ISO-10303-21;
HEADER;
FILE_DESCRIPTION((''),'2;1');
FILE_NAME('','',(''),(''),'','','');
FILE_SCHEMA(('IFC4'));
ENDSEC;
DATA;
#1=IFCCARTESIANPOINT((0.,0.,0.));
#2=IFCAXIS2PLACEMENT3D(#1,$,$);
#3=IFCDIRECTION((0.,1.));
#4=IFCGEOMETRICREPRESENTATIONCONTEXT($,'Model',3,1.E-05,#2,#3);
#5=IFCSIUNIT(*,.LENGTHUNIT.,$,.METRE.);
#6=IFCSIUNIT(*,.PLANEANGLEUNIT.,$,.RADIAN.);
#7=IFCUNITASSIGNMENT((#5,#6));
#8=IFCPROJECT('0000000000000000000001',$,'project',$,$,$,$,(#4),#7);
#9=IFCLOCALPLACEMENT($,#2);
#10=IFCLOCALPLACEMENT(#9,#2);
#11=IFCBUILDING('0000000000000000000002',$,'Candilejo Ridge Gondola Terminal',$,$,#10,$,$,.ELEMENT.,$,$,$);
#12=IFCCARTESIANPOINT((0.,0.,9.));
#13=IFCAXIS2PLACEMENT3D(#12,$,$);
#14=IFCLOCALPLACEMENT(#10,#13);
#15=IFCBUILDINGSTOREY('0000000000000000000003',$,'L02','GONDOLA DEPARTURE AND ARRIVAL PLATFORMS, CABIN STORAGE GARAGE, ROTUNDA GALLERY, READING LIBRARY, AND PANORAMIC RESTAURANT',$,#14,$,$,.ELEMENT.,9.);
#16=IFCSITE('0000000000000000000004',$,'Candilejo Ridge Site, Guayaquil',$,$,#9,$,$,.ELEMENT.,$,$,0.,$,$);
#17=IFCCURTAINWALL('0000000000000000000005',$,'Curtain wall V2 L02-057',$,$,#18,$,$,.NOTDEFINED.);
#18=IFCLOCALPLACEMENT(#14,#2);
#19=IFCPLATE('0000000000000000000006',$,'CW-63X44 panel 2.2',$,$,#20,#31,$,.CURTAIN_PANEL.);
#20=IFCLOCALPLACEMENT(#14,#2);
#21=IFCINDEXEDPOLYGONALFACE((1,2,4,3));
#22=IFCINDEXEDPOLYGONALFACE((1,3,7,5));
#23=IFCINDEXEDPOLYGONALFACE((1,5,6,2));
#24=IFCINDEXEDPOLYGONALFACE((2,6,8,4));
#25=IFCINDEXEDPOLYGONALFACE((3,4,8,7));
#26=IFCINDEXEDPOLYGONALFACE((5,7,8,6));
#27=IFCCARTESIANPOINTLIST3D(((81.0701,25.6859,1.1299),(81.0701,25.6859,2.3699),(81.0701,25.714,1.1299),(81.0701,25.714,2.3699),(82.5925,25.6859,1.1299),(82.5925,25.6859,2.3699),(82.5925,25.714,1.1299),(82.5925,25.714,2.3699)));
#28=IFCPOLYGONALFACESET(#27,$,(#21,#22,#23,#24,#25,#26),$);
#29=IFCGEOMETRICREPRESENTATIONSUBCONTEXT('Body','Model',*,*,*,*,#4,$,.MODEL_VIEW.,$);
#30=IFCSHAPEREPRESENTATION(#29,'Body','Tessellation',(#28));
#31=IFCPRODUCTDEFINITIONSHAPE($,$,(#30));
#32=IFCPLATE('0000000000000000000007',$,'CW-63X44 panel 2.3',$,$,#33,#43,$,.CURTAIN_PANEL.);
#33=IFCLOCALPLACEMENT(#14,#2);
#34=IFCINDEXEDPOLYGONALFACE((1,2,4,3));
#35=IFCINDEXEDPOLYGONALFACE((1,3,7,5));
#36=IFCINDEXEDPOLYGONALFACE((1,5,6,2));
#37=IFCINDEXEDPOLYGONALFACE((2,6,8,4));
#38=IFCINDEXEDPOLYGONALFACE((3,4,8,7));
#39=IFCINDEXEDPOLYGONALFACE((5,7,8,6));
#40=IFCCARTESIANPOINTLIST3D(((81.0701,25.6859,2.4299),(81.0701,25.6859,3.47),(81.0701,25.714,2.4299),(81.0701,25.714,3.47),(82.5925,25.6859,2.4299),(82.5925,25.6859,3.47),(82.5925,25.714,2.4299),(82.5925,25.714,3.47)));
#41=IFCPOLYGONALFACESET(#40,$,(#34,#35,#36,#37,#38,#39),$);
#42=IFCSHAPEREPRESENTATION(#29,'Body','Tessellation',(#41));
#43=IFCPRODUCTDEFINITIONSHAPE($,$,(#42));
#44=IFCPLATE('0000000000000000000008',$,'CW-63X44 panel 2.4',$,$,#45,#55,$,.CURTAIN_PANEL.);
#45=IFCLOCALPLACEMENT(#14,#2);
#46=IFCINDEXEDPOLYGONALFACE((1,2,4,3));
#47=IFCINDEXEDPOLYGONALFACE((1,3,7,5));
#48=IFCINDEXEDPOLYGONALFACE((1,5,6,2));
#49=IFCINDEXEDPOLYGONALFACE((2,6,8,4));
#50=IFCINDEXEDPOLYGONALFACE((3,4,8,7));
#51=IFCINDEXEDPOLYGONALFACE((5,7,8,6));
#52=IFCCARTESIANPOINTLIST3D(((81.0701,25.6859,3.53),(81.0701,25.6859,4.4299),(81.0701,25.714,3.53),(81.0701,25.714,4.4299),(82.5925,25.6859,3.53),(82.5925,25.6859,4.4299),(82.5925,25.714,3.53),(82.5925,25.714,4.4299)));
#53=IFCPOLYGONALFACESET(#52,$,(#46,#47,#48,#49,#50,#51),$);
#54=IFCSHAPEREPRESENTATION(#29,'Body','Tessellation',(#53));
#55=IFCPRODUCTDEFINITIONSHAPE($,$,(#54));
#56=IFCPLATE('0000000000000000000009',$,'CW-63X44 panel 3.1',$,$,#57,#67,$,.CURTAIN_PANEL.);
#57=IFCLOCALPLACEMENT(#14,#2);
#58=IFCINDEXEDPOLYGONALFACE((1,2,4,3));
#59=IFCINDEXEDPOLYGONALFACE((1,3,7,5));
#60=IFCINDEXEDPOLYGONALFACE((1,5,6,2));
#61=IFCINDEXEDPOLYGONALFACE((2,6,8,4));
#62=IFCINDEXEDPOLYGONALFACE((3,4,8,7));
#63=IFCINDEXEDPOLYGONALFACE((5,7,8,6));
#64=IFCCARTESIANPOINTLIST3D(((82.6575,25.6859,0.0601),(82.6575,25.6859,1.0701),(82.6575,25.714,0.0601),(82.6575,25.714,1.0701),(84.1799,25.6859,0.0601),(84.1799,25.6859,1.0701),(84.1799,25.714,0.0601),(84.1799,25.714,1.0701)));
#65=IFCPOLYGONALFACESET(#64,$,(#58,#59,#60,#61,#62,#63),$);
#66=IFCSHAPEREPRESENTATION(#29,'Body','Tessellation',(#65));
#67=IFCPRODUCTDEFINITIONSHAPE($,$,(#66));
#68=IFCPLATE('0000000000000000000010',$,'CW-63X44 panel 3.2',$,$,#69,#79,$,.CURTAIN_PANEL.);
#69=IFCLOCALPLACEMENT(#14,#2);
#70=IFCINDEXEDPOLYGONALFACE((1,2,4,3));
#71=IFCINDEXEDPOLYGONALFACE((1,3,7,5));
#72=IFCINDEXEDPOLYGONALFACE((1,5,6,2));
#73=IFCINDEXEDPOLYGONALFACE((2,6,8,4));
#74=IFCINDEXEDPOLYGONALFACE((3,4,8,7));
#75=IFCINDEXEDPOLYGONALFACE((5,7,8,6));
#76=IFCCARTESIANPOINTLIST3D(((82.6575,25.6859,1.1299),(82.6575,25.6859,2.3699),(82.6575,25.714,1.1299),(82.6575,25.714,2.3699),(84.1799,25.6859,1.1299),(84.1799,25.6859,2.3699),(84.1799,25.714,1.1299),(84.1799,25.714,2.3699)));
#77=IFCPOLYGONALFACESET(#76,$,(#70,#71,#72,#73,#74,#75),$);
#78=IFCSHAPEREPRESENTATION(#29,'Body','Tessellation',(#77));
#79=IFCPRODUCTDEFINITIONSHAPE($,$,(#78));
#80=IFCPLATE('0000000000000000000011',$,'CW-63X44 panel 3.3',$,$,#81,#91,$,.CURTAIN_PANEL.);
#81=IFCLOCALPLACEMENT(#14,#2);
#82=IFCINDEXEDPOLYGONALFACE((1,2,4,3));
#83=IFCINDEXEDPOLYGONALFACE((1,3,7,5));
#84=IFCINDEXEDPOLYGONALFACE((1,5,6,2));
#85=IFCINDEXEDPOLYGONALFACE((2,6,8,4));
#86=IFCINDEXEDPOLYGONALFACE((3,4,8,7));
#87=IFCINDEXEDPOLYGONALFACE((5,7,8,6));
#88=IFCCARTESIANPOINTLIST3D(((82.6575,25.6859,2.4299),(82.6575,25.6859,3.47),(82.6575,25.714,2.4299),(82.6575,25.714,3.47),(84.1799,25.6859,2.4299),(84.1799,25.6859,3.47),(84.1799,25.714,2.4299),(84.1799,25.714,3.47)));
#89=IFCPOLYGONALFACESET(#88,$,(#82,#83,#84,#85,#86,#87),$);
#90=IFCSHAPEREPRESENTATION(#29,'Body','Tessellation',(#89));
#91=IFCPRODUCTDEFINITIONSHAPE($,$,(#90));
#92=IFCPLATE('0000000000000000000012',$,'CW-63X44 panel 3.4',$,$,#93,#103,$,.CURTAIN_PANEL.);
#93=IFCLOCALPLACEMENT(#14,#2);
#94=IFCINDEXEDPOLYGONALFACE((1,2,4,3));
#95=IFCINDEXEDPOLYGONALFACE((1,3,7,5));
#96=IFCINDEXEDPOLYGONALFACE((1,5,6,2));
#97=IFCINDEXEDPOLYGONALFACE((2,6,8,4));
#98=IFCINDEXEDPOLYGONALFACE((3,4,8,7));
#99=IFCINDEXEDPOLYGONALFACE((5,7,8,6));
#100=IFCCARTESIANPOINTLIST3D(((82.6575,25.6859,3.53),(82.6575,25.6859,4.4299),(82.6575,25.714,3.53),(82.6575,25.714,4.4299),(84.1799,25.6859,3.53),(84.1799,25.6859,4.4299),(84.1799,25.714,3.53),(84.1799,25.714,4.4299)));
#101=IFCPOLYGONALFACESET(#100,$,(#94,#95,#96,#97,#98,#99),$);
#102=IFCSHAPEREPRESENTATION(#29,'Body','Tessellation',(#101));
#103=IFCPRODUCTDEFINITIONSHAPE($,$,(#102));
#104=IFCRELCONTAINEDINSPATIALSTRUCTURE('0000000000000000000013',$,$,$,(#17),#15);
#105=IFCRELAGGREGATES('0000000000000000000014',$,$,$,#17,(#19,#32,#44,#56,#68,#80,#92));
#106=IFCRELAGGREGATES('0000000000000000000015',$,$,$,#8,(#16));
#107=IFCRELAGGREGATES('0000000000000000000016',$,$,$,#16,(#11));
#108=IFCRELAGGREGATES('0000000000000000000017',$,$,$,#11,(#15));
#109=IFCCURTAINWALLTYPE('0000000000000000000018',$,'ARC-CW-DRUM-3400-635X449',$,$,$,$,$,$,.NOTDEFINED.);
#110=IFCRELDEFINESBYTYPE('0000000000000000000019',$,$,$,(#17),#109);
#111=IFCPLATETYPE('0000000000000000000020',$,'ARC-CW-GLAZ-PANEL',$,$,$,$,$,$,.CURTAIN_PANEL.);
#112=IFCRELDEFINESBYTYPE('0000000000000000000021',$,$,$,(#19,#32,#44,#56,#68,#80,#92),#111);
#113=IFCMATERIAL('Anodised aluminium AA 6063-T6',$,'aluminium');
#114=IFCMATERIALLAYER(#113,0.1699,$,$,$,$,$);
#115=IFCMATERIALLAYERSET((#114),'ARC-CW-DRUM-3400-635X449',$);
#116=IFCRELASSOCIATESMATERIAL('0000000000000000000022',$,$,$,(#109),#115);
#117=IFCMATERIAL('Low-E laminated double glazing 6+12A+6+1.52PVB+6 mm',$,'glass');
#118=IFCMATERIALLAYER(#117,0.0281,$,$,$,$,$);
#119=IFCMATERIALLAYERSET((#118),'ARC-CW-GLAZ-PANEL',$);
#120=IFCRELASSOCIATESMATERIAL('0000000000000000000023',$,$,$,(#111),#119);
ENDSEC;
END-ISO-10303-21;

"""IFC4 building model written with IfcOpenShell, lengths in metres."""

from ifc_helpers import new_model, si_unit, direction, frame, origin, origin_2d, place, context, subcontext, project, spatial, rectangle, extrude, material, layer, layer_set, type_object, element, aggregate, save


model = new_model("IFC4")

# Units and contexts
model_context = context("Model", 3, precision=1e-05, world=origin(), true_north=direction((0.0, 1.0)))
body_context = subcontext(model_context, "Body", "Model", "MODEL_VIEW")
ifc_project = project(units=[si_unit("LENGTHUNIT", "METRE"), si_unit("PLANEANGLEUNIT", "RADIAN")], contexts=[model_context])

# Site, building, storey
site_placement = place(None, origin())
site = spatial("IfcSite", under=ifc_project, at=site_placement, Name="Candilejo Ridge Site, Guayaquil", CompositionType="ELEMENT", RefElevation=0.0)
building_placement = place(site_placement, origin())
building = spatial("IfcBuilding", under=site, at=building_placement, Name="Candilejo Ridge Gondola Terminal", CompositionType="ELEMENT")
storey_placement = place(building_placement, frame((0.0, 0.0, 9.0)))
storey = spatial("IfcBuildingStorey", under=building, at=storey_placement, Name="L02", Description="GONDOLA DEPARTURE AND ARRIVAL PLATFORMS, CABIN STORAGE GARAGE, ROTUNDA GALLERY, READING LIBRARY, AND PANORAMIC RESTAURANT", CompositionType="ELEMENT", Elevation=9.0)

# Curtain wall
ifc_material_1 = material(Name="Anodised aluminium AA 6063-T6", Category="aluminium")
ifc_layer_1 = layer(ifc_material_1, 0.1699)
ifc_layer_set_1 = layer_set([ifc_layer_1], Name="ARC-CW-DRUM-3400-635X449")
curtain_wall_type = type_object("IfcCurtainWallType", Name="ARC-CW-DRUM-3400-635X449", PredefinedType="NOTDEFINED", material=ifc_layer_set_1)
curtain_wall_placement = place(storey_placement, origin())
curtain_wall = element("IfcCurtainWall", 1, at=curtain_wall_placement, inside=storey, type_object=curtain_wall_type, Name="Curtain wall V2 L02-057", PredefinedType="NOTDEFINED")

# Plates
ifc_material_2 = material(Name="Low-E laminated double glazing 6+12A+6+1.52PVB+6 mm", Category="glass")
ifc_layer_2 = layer(ifc_material_2, 0.0281)
ifc_layer_set_2 = layer_set([ifc_layer_2], Name="ARC-CW-GLAZ-PANEL")
plate_type = type_object("IfcPlateType", Name="ARC-CW-GLAZ-PANEL", PredefinedType="CURTAIN_PANEL", material=ifc_layer_set_2)
plate_1_placement = place(storey_placement, frame((81.8313, 25.7, 1.1299), z_axis=(0.0, 0.0, 1.0), x_axis=(1.0, 0.0, 0.0)))
plate_1 = element("IfcPlate", 2, at=plate_1_placement, type_object=plate_type, Name="CW-63X44 panel 2.2", PredefinedType="CURTAIN_PANEL", context=body_context, shape_type="SweptSolid", body=[
    extrude(rectangle(XDim=1.5225, YDim=0.0281, at=origin_2d()), origin(), (0.0, 0.0, 1.0), 1.24),
])
plate_2_placement = place(storey_placement, frame((81.8313, 25.7, 2.4299), z_axis=(0.0, 0.0, 1.0), x_axis=(1.0, 0.0, 0.0)))
plate_2 = element("IfcPlate", 3, at=plate_2_placement, type_object=plate_type, Name="CW-63X44 panel 2.3", PredefinedType="CURTAIN_PANEL", context=body_context, shape_type="SweptSolid", body=[
    extrude(rectangle(XDim=1.5225, YDim=0.0281, at=origin_2d()), origin(), (0.0, 0.0, 1.0), 1.04),
])
plate_3_placement = place(storey_placement, frame((81.8313, 25.7, 3.53), z_axis=(0.0, 0.0, 1.0), x_axis=(1.0, 0.0, 0.0)))
plate_3 = element("IfcPlate", 4, at=plate_3_placement, type_object=plate_type, Name="CW-63X44 panel 2.4", PredefinedType="CURTAIN_PANEL", context=body_context, shape_type="SweptSolid", body=[
    extrude(rectangle(XDim=1.5225, YDim=0.0281, at=origin_2d()), origin(), (0.0, 0.0, 1.0), 0.8999),
])
plate_4_placement = place(storey_placement, frame((83.4187, 25.7, 0.0601), z_axis=(0.0, 0.0, 1.0), x_axis=(1.0, 0.0, 0.0)))
plate_4 = element("IfcPlate", 5, at=plate_4_placement, type_object=plate_type, Name="CW-63X44 panel 3.1", PredefinedType="CURTAIN_PANEL", context=body_context, shape_type="SweptSolid", body=[
    extrude(rectangle(XDim=1.5225, YDim=0.0281, at=origin_2d()), origin(), (0.0, 0.0, 1.0), 1.01),
])
plate_5_placement = place(storey_placement, frame((83.4187, 25.7, 1.1299), z_axis=(0.0, 0.0, 1.0), x_axis=(1.0, 0.0, 0.0)))
plate_5 = element("IfcPlate", 6, at=plate_5_placement, type_object=plate_type, Name="CW-63X44 panel 3.2", PredefinedType="CURTAIN_PANEL", context=body_context, shape_type="SweptSolid", body=[
    extrude(rectangle(XDim=1.5225, YDim=0.0281, at=origin_2d()), origin(), (0.0, 0.0, 1.0), 1.24),
])
plate_6_placement = place(storey_placement, frame((83.4187, 25.7, 2.4299), z_axis=(0.0, 0.0, 1.0), x_axis=(1.0, 0.0, 0.0)))
plate_6 = element("IfcPlate", 7, at=plate_6_placement, type_object=plate_type, Name="CW-63X44 panel 3.3", PredefinedType="CURTAIN_PANEL", context=body_context, shape_type="SweptSolid", body=[
    extrude(rectangle(XDim=1.5225, YDim=0.0281, at=origin_2d()), origin(), (0.0, 0.0, 1.0), 1.04),
])
plate_7_placement = place(storey_placement, frame((83.4187, 25.7, 3.53), z_axis=(0.0, 0.0, 1.0), x_axis=(1.0, 0.0, 0.0)))
plate_7 = element("IfcPlate", 8, at=plate_7_placement, type_object=plate_type, Name="CW-63X44 panel 3.4", PredefinedType="CURTAIN_PANEL", context=body_context, shape_type="SweptSolid", body=[
    extrude(rectangle(XDim=1.5225, YDim=0.0281, at=origin_2d()), origin(), (0.0, 0.0, 1.0), 0.8999),
])
aggregate(curtain_wall, [plate_1, plate_2, plate_3, plate_4, plate_5, plate_6, plate_7])

save(model, "model.ifc")
